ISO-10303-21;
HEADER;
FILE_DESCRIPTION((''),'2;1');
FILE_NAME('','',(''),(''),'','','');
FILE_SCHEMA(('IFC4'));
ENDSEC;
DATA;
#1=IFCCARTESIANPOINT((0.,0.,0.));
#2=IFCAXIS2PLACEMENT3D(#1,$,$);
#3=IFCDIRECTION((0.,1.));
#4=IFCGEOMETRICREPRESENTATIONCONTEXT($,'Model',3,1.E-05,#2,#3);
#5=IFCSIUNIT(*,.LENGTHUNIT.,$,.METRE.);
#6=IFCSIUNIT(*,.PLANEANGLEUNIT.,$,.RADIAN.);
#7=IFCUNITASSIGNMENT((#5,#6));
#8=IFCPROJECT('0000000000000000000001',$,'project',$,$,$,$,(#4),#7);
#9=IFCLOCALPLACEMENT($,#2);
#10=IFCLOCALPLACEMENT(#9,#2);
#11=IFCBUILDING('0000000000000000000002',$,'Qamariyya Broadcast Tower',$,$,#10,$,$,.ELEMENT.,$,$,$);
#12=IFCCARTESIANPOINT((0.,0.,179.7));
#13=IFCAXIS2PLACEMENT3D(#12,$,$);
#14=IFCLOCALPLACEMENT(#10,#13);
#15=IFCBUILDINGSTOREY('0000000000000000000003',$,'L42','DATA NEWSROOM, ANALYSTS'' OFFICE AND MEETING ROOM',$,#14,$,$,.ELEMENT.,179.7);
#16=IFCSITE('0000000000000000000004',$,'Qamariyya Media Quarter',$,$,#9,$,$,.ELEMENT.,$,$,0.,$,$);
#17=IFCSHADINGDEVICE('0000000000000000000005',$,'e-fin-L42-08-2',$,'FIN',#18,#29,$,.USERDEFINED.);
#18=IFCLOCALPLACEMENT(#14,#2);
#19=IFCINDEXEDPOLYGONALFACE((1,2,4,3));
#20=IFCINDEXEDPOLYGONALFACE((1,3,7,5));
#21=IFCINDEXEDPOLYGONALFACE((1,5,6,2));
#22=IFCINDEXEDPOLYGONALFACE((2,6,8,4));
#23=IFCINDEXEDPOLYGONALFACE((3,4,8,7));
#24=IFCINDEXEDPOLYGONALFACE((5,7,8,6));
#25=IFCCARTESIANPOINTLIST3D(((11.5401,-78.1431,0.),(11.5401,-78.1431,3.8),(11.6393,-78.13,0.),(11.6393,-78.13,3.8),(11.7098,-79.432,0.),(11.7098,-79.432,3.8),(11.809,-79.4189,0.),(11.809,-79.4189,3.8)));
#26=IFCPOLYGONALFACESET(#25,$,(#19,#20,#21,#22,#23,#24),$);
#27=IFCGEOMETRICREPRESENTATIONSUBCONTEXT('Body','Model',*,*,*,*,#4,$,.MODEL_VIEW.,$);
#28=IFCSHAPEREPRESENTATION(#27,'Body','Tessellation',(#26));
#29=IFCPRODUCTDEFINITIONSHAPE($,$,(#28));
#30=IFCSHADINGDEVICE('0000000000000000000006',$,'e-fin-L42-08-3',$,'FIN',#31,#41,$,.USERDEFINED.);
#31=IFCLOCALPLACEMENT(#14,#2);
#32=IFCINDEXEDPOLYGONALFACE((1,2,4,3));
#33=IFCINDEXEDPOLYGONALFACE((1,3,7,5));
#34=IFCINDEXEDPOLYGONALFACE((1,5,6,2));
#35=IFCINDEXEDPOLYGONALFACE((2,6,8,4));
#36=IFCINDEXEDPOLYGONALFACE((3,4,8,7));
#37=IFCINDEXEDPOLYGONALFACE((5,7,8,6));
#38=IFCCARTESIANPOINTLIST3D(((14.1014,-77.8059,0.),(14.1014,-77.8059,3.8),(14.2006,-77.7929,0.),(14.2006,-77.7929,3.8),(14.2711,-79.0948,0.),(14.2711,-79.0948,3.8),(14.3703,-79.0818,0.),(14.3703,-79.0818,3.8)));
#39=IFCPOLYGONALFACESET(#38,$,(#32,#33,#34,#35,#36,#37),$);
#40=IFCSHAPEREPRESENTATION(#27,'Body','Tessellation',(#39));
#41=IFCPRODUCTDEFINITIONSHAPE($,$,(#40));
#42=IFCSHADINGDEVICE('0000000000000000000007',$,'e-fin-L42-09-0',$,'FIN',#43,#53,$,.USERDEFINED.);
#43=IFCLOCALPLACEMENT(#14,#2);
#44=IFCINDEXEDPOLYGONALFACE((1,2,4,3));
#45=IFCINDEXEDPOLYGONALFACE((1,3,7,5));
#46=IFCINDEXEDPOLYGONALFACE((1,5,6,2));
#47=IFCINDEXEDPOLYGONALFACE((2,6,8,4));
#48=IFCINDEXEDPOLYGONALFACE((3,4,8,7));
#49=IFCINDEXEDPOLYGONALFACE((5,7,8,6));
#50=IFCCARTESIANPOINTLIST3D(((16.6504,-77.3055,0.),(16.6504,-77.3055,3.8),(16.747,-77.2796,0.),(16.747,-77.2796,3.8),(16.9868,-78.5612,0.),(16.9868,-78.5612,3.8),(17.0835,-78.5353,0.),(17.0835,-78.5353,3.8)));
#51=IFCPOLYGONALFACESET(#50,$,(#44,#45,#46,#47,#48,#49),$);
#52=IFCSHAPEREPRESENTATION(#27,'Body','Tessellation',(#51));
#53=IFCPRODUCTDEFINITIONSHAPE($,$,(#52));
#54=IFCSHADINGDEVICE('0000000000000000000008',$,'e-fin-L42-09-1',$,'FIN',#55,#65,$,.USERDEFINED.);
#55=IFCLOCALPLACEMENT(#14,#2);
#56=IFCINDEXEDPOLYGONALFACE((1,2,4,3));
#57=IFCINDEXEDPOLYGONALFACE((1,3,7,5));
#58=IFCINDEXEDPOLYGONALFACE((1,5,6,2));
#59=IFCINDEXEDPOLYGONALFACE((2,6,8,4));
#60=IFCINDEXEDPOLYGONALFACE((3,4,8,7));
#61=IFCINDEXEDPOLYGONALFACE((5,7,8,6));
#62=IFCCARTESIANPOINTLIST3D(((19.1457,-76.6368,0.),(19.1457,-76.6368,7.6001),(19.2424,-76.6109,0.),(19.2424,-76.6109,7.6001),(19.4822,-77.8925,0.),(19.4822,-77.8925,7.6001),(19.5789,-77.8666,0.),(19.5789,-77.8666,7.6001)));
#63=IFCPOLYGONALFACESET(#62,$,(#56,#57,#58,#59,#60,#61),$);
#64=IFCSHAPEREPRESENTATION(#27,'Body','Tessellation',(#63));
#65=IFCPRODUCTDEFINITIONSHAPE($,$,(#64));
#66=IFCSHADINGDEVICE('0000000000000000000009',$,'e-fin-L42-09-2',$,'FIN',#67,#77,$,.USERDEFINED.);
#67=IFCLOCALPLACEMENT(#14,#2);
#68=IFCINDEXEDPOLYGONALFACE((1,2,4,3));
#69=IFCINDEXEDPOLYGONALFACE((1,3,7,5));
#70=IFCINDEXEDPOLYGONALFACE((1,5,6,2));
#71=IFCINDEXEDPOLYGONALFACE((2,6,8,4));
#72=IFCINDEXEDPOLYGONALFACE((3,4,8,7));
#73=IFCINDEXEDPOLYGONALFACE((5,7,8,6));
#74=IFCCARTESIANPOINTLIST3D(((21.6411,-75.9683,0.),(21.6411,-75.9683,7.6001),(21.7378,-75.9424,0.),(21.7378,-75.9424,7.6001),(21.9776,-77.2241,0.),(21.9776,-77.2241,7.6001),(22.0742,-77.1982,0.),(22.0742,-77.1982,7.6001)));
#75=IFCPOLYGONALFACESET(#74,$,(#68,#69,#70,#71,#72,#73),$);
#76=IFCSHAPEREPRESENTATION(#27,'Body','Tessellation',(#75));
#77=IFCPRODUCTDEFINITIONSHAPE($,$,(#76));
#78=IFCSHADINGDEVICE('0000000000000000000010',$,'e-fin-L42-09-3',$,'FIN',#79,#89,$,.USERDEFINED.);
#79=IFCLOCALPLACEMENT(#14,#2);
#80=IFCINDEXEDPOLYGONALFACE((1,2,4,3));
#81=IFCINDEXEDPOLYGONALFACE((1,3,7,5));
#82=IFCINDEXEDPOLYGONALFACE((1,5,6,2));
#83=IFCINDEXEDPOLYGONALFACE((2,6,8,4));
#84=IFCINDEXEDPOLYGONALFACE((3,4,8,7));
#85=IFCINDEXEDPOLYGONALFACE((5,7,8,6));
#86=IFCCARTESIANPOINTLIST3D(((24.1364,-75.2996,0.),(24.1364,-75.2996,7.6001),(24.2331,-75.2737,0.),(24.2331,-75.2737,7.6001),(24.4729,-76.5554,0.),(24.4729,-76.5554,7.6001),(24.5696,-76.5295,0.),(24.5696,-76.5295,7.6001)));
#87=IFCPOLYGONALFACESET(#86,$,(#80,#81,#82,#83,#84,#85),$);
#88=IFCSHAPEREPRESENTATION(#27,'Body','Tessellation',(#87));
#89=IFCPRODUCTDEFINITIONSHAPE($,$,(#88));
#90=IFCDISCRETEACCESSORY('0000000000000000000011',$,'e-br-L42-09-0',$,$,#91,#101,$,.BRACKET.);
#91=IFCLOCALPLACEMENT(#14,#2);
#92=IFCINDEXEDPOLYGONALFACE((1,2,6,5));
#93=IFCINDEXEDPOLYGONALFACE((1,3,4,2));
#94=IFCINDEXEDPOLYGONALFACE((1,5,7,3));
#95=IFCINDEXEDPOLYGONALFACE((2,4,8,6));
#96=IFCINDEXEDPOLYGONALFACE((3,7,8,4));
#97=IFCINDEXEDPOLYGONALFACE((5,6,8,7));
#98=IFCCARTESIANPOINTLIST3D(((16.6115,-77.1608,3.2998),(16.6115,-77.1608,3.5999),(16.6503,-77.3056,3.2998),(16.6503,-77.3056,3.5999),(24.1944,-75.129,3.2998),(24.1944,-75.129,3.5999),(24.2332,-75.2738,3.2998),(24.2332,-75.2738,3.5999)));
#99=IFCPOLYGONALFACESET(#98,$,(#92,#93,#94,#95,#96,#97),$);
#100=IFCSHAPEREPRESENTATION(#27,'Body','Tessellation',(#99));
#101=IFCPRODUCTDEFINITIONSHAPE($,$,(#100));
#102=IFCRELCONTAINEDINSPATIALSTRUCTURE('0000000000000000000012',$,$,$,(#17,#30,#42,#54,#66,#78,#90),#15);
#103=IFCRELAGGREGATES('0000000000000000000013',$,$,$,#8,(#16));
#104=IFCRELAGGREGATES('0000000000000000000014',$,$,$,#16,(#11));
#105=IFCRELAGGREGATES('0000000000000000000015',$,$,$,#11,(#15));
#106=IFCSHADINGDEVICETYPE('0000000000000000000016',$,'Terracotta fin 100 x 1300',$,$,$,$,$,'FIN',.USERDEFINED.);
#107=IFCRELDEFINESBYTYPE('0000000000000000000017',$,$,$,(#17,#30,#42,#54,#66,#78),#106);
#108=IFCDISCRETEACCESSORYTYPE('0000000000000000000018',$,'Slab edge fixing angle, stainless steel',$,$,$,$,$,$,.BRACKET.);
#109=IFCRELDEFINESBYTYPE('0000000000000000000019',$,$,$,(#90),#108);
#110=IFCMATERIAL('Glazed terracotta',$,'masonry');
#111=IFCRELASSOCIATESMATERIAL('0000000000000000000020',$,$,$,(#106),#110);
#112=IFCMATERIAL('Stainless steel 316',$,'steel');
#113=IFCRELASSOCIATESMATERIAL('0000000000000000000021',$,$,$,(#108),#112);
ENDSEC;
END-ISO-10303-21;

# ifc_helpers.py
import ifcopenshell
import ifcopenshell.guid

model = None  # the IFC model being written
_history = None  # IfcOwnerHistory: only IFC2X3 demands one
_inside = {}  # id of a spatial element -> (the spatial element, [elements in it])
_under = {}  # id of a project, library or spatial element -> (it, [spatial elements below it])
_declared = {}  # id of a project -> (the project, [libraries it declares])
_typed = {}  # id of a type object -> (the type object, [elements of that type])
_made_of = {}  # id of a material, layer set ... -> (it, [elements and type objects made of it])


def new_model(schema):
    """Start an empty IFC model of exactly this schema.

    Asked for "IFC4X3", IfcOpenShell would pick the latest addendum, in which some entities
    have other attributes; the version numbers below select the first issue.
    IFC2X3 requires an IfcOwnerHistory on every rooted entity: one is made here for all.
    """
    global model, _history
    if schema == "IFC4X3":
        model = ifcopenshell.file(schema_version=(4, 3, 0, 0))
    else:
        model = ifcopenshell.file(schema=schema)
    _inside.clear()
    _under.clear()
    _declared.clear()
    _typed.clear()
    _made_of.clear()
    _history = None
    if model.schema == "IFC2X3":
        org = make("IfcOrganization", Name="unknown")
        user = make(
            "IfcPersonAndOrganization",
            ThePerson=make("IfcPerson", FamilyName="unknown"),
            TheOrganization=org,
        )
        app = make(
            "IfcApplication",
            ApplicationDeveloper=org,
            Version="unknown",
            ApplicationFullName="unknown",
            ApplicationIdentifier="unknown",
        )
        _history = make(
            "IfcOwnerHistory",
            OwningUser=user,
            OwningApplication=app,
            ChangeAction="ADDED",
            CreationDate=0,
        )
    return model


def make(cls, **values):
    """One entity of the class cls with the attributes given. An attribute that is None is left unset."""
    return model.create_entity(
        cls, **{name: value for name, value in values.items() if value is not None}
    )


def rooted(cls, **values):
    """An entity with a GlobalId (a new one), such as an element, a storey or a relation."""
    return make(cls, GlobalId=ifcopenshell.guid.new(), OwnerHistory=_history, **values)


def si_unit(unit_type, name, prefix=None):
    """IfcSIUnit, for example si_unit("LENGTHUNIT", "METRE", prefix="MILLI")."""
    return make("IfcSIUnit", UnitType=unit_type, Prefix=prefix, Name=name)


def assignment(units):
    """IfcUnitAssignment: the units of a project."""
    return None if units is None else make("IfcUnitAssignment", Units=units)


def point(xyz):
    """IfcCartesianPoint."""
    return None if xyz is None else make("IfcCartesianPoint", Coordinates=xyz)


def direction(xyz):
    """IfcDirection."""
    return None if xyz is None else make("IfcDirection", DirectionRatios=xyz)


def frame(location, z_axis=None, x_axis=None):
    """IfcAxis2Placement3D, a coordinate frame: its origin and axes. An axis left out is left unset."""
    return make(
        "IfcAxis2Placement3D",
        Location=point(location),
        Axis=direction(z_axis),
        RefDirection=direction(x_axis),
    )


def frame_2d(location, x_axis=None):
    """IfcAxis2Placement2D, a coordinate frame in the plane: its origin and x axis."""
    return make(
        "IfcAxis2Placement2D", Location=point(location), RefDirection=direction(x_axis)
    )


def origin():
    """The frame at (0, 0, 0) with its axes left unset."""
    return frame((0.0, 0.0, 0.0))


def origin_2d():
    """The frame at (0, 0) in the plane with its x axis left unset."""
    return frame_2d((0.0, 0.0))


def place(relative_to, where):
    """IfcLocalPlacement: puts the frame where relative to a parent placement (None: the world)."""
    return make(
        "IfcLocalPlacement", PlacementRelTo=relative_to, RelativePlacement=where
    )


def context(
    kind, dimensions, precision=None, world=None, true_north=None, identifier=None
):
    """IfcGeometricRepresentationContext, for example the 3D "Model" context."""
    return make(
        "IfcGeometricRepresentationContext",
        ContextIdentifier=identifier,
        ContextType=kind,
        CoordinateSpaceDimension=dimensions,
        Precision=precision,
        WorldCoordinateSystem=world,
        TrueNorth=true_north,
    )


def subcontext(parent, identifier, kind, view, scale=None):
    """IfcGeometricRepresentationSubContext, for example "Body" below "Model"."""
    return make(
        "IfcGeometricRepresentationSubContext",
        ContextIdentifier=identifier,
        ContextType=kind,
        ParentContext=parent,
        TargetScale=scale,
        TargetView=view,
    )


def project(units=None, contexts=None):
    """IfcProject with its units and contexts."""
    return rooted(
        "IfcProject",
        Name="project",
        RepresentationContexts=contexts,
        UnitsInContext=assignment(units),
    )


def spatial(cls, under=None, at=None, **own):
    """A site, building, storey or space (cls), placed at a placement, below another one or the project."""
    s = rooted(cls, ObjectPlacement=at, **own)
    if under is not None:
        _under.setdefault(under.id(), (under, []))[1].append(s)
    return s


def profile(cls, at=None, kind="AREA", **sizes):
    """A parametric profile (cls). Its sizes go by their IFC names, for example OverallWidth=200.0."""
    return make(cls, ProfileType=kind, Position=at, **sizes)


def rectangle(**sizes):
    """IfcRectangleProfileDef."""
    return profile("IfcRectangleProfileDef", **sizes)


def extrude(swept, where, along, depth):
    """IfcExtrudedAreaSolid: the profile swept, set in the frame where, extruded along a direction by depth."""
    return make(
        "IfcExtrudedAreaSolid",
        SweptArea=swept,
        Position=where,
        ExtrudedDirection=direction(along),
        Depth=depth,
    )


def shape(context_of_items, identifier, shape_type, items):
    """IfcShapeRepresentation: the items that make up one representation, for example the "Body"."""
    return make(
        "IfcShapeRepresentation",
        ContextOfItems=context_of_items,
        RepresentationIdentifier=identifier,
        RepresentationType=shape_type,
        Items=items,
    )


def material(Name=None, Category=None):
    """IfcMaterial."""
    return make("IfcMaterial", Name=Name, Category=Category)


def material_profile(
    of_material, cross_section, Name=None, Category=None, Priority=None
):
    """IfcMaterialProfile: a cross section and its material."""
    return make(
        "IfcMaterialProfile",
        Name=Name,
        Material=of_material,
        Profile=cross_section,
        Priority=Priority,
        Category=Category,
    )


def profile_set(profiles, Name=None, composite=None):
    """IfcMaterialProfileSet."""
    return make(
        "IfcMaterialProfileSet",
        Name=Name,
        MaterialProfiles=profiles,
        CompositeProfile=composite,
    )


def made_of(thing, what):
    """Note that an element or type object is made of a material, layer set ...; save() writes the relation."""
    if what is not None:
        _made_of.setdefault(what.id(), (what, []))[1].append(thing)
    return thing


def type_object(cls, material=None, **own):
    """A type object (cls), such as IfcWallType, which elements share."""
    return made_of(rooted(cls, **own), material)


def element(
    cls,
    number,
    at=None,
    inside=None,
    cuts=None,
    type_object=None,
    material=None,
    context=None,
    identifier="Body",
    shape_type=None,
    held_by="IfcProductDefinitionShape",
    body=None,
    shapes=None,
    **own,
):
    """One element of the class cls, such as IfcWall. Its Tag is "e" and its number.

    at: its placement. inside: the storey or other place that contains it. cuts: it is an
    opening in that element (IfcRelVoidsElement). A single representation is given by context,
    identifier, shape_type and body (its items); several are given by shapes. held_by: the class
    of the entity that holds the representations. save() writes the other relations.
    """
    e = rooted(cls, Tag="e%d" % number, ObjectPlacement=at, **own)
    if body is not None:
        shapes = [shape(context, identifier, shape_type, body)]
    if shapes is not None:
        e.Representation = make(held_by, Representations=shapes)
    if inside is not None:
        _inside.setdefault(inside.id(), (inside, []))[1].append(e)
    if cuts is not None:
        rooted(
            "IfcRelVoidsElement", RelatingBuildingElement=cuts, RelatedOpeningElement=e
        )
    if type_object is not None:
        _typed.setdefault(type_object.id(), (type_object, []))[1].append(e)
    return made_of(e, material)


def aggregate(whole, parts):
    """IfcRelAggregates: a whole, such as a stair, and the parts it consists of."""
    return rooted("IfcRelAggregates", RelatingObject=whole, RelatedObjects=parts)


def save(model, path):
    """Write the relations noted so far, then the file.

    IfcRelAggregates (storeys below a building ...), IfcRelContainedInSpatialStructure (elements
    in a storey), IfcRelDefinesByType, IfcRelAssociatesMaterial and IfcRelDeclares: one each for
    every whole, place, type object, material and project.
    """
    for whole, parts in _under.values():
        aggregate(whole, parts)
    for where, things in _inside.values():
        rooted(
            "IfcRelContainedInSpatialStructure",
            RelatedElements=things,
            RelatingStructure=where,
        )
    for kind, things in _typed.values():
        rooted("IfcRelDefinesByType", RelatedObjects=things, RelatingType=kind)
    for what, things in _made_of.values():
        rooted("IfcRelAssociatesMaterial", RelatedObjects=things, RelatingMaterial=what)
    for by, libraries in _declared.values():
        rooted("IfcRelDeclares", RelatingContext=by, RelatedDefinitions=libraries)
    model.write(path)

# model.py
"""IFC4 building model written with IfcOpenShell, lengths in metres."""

from ifc_helpers import new_model, si_unit, direction, frame, origin, origin_2d, place, context, subcontext, project, spatial, rectangle, extrude, material, material_profile, profile_set, type_object, element, save


model = new_model("IFC4")

# Units and contexts
model_context = context("Model", 3, precision=1e-05, world=origin(), true_north=direction((0.0, 1.0)))
body_context = subcontext(model_context, "Body", "Model", "MODEL_VIEW")
ifc_project = project(units=[si_unit("LENGTHUNIT", "METRE"), si_unit("PLANEANGLEUNIT", "RADIAN")], contexts=[model_context])

# Site, building, storey
site_placement = place(None, origin())
site = spatial("IfcSite", under=ifc_project, at=site_placement, Name="Qamariyya Media Quarter", CompositionType="ELEMENT", RefElevation=0.0)
building_placement = place(site_placement, origin())
building = spatial("IfcBuilding", under=site, at=building_placement, Name="Qamariyya Broadcast Tower", CompositionType="ELEMENT")
storey_placement = place(building_placement, frame((0.0, 0.0, 179.7)))
storey = spatial("IfcBuildingStorey", under=building, at=storey_placement, Name="L42", Description="DATA NEWSROOM, ANALYSTS' OFFICE AND MEETING ROOM", CompositionType="ELEMENT", Elevation=179.7)

# Shading devices
ifc_material_1 = material(Name="Glazed terracotta", Category="masonry")
ifc_material_profile_1 = material_profile(ifc_material_1, rectangle(XDim=1.3, YDim=0.1001, at=origin_2d()))
ifc_profile_set_1 = profile_set([ifc_material_profile_1], Name="Glazed terracotta")
shading_device_type_1 = type_object("IfcShadingDeviceType", Name="Terracotta fin 100 x 1300", ElementType="FIN", PredefinedType="USERDEFINED", material=ifc_profile_set_1)
for number, where, z_axis, x_axis, name in (
    (1, (11.6746, -78.781, 0.0), (0.0, 0.0, 1.0), (0.130526, -0.991445, 0.0), "e-fin-L42-08-2"),
    (2, (14.2358, -78.4438, 0.0), (0.0, 0.0, 1.0), (0.130526, -0.991445, 0.0), "e-fin-L42-08-3"),
    (3, (16.8669, -77.9204, 0.0), (0.0, 0.0, 1.0), (0.258819, -0.965926, 0.0), "e-fin-L42-09-0"),
):
    element("IfcShadingDevice", number, at=place(storey_placement, frame(where, z_axis=z_axis, x_axis=x_axis)), inside=storey, type_object=shading_device_type_1, Name=name, ObjectType="FIN", PredefinedType="USERDEFINED", context=body_context, shape_type="SweptSolid", body=[
        extrude(rectangle(XDim=1.3, YDim=0.1001, at=origin_2d()), origin(), (0.0, 0.0, 1.0), 3.8),
    ])
for number, where, z_axis, x_axis, name in (
    (4, (19.3623, -77.2517, 0.0), (0.0, 0.0, 1.0), (0.258819, -0.965926, 0.0), "e-fin-L42-09-1"),
    (5, (21.8577, -76.5833, 0.0), (0.0, 0.0, 1.0), (0.258819, -0.965926, 0.0), "e-fin-L42-09-2"),
    (6, (24.353, -75.9146, 0.0), (0.0, 0.0, 1.0), (0.258819, -0.965926, 0.0), "e-fin-L42-09-3"),
):
    element("IfcShadingDevice", number, at=place(storey_placement, frame(where, z_axis=z_axis, x_axis=x_axis)), inside=storey, type_object=shading_device_type_1, Name=name, ObjectType="FIN", PredefinedType="USERDEFINED", context=body_context, shape_type="SweptSolid", body=[
        extrude(rectangle(XDim=1.3, YDim=0.1001, at=origin_2d()), origin(), (0.0, 0.0, 1.0), 7.6001),
    ])

# Discrete accessory
ifc_material_2 = material(Name="Stainless steel 316", Category="steel")
discrete_accessory_type = type_object("IfcDiscreteAccessoryType", Name="Slab edge fixing angle, stainless steel", PredefinedType="BRACKET", material=ifc_material_2)
discrete_accessory_placement = place(storey_placement, frame((20.4224, -76.2173, 3.2998), z_axis=(0.0, 0.0, 1.0), x_axis=(0.965926, 0.258819, 0.0)))
element("IfcDiscreteAccessory", 7, at=discrete_accessory_placement, inside=storey, type_object=discrete_accessory_type, Name="e-br-L42-09-0", PredefinedType="BRACKET", context=body_context, shape_type="SweptSolid", body=[
    extrude(rectangle(XDim=7.8503, YDim=0.1499, at=origin_2d()), origin(), (0.0, 0.0, 1.0), 0.3),
])

save(model, "model.ifc")
